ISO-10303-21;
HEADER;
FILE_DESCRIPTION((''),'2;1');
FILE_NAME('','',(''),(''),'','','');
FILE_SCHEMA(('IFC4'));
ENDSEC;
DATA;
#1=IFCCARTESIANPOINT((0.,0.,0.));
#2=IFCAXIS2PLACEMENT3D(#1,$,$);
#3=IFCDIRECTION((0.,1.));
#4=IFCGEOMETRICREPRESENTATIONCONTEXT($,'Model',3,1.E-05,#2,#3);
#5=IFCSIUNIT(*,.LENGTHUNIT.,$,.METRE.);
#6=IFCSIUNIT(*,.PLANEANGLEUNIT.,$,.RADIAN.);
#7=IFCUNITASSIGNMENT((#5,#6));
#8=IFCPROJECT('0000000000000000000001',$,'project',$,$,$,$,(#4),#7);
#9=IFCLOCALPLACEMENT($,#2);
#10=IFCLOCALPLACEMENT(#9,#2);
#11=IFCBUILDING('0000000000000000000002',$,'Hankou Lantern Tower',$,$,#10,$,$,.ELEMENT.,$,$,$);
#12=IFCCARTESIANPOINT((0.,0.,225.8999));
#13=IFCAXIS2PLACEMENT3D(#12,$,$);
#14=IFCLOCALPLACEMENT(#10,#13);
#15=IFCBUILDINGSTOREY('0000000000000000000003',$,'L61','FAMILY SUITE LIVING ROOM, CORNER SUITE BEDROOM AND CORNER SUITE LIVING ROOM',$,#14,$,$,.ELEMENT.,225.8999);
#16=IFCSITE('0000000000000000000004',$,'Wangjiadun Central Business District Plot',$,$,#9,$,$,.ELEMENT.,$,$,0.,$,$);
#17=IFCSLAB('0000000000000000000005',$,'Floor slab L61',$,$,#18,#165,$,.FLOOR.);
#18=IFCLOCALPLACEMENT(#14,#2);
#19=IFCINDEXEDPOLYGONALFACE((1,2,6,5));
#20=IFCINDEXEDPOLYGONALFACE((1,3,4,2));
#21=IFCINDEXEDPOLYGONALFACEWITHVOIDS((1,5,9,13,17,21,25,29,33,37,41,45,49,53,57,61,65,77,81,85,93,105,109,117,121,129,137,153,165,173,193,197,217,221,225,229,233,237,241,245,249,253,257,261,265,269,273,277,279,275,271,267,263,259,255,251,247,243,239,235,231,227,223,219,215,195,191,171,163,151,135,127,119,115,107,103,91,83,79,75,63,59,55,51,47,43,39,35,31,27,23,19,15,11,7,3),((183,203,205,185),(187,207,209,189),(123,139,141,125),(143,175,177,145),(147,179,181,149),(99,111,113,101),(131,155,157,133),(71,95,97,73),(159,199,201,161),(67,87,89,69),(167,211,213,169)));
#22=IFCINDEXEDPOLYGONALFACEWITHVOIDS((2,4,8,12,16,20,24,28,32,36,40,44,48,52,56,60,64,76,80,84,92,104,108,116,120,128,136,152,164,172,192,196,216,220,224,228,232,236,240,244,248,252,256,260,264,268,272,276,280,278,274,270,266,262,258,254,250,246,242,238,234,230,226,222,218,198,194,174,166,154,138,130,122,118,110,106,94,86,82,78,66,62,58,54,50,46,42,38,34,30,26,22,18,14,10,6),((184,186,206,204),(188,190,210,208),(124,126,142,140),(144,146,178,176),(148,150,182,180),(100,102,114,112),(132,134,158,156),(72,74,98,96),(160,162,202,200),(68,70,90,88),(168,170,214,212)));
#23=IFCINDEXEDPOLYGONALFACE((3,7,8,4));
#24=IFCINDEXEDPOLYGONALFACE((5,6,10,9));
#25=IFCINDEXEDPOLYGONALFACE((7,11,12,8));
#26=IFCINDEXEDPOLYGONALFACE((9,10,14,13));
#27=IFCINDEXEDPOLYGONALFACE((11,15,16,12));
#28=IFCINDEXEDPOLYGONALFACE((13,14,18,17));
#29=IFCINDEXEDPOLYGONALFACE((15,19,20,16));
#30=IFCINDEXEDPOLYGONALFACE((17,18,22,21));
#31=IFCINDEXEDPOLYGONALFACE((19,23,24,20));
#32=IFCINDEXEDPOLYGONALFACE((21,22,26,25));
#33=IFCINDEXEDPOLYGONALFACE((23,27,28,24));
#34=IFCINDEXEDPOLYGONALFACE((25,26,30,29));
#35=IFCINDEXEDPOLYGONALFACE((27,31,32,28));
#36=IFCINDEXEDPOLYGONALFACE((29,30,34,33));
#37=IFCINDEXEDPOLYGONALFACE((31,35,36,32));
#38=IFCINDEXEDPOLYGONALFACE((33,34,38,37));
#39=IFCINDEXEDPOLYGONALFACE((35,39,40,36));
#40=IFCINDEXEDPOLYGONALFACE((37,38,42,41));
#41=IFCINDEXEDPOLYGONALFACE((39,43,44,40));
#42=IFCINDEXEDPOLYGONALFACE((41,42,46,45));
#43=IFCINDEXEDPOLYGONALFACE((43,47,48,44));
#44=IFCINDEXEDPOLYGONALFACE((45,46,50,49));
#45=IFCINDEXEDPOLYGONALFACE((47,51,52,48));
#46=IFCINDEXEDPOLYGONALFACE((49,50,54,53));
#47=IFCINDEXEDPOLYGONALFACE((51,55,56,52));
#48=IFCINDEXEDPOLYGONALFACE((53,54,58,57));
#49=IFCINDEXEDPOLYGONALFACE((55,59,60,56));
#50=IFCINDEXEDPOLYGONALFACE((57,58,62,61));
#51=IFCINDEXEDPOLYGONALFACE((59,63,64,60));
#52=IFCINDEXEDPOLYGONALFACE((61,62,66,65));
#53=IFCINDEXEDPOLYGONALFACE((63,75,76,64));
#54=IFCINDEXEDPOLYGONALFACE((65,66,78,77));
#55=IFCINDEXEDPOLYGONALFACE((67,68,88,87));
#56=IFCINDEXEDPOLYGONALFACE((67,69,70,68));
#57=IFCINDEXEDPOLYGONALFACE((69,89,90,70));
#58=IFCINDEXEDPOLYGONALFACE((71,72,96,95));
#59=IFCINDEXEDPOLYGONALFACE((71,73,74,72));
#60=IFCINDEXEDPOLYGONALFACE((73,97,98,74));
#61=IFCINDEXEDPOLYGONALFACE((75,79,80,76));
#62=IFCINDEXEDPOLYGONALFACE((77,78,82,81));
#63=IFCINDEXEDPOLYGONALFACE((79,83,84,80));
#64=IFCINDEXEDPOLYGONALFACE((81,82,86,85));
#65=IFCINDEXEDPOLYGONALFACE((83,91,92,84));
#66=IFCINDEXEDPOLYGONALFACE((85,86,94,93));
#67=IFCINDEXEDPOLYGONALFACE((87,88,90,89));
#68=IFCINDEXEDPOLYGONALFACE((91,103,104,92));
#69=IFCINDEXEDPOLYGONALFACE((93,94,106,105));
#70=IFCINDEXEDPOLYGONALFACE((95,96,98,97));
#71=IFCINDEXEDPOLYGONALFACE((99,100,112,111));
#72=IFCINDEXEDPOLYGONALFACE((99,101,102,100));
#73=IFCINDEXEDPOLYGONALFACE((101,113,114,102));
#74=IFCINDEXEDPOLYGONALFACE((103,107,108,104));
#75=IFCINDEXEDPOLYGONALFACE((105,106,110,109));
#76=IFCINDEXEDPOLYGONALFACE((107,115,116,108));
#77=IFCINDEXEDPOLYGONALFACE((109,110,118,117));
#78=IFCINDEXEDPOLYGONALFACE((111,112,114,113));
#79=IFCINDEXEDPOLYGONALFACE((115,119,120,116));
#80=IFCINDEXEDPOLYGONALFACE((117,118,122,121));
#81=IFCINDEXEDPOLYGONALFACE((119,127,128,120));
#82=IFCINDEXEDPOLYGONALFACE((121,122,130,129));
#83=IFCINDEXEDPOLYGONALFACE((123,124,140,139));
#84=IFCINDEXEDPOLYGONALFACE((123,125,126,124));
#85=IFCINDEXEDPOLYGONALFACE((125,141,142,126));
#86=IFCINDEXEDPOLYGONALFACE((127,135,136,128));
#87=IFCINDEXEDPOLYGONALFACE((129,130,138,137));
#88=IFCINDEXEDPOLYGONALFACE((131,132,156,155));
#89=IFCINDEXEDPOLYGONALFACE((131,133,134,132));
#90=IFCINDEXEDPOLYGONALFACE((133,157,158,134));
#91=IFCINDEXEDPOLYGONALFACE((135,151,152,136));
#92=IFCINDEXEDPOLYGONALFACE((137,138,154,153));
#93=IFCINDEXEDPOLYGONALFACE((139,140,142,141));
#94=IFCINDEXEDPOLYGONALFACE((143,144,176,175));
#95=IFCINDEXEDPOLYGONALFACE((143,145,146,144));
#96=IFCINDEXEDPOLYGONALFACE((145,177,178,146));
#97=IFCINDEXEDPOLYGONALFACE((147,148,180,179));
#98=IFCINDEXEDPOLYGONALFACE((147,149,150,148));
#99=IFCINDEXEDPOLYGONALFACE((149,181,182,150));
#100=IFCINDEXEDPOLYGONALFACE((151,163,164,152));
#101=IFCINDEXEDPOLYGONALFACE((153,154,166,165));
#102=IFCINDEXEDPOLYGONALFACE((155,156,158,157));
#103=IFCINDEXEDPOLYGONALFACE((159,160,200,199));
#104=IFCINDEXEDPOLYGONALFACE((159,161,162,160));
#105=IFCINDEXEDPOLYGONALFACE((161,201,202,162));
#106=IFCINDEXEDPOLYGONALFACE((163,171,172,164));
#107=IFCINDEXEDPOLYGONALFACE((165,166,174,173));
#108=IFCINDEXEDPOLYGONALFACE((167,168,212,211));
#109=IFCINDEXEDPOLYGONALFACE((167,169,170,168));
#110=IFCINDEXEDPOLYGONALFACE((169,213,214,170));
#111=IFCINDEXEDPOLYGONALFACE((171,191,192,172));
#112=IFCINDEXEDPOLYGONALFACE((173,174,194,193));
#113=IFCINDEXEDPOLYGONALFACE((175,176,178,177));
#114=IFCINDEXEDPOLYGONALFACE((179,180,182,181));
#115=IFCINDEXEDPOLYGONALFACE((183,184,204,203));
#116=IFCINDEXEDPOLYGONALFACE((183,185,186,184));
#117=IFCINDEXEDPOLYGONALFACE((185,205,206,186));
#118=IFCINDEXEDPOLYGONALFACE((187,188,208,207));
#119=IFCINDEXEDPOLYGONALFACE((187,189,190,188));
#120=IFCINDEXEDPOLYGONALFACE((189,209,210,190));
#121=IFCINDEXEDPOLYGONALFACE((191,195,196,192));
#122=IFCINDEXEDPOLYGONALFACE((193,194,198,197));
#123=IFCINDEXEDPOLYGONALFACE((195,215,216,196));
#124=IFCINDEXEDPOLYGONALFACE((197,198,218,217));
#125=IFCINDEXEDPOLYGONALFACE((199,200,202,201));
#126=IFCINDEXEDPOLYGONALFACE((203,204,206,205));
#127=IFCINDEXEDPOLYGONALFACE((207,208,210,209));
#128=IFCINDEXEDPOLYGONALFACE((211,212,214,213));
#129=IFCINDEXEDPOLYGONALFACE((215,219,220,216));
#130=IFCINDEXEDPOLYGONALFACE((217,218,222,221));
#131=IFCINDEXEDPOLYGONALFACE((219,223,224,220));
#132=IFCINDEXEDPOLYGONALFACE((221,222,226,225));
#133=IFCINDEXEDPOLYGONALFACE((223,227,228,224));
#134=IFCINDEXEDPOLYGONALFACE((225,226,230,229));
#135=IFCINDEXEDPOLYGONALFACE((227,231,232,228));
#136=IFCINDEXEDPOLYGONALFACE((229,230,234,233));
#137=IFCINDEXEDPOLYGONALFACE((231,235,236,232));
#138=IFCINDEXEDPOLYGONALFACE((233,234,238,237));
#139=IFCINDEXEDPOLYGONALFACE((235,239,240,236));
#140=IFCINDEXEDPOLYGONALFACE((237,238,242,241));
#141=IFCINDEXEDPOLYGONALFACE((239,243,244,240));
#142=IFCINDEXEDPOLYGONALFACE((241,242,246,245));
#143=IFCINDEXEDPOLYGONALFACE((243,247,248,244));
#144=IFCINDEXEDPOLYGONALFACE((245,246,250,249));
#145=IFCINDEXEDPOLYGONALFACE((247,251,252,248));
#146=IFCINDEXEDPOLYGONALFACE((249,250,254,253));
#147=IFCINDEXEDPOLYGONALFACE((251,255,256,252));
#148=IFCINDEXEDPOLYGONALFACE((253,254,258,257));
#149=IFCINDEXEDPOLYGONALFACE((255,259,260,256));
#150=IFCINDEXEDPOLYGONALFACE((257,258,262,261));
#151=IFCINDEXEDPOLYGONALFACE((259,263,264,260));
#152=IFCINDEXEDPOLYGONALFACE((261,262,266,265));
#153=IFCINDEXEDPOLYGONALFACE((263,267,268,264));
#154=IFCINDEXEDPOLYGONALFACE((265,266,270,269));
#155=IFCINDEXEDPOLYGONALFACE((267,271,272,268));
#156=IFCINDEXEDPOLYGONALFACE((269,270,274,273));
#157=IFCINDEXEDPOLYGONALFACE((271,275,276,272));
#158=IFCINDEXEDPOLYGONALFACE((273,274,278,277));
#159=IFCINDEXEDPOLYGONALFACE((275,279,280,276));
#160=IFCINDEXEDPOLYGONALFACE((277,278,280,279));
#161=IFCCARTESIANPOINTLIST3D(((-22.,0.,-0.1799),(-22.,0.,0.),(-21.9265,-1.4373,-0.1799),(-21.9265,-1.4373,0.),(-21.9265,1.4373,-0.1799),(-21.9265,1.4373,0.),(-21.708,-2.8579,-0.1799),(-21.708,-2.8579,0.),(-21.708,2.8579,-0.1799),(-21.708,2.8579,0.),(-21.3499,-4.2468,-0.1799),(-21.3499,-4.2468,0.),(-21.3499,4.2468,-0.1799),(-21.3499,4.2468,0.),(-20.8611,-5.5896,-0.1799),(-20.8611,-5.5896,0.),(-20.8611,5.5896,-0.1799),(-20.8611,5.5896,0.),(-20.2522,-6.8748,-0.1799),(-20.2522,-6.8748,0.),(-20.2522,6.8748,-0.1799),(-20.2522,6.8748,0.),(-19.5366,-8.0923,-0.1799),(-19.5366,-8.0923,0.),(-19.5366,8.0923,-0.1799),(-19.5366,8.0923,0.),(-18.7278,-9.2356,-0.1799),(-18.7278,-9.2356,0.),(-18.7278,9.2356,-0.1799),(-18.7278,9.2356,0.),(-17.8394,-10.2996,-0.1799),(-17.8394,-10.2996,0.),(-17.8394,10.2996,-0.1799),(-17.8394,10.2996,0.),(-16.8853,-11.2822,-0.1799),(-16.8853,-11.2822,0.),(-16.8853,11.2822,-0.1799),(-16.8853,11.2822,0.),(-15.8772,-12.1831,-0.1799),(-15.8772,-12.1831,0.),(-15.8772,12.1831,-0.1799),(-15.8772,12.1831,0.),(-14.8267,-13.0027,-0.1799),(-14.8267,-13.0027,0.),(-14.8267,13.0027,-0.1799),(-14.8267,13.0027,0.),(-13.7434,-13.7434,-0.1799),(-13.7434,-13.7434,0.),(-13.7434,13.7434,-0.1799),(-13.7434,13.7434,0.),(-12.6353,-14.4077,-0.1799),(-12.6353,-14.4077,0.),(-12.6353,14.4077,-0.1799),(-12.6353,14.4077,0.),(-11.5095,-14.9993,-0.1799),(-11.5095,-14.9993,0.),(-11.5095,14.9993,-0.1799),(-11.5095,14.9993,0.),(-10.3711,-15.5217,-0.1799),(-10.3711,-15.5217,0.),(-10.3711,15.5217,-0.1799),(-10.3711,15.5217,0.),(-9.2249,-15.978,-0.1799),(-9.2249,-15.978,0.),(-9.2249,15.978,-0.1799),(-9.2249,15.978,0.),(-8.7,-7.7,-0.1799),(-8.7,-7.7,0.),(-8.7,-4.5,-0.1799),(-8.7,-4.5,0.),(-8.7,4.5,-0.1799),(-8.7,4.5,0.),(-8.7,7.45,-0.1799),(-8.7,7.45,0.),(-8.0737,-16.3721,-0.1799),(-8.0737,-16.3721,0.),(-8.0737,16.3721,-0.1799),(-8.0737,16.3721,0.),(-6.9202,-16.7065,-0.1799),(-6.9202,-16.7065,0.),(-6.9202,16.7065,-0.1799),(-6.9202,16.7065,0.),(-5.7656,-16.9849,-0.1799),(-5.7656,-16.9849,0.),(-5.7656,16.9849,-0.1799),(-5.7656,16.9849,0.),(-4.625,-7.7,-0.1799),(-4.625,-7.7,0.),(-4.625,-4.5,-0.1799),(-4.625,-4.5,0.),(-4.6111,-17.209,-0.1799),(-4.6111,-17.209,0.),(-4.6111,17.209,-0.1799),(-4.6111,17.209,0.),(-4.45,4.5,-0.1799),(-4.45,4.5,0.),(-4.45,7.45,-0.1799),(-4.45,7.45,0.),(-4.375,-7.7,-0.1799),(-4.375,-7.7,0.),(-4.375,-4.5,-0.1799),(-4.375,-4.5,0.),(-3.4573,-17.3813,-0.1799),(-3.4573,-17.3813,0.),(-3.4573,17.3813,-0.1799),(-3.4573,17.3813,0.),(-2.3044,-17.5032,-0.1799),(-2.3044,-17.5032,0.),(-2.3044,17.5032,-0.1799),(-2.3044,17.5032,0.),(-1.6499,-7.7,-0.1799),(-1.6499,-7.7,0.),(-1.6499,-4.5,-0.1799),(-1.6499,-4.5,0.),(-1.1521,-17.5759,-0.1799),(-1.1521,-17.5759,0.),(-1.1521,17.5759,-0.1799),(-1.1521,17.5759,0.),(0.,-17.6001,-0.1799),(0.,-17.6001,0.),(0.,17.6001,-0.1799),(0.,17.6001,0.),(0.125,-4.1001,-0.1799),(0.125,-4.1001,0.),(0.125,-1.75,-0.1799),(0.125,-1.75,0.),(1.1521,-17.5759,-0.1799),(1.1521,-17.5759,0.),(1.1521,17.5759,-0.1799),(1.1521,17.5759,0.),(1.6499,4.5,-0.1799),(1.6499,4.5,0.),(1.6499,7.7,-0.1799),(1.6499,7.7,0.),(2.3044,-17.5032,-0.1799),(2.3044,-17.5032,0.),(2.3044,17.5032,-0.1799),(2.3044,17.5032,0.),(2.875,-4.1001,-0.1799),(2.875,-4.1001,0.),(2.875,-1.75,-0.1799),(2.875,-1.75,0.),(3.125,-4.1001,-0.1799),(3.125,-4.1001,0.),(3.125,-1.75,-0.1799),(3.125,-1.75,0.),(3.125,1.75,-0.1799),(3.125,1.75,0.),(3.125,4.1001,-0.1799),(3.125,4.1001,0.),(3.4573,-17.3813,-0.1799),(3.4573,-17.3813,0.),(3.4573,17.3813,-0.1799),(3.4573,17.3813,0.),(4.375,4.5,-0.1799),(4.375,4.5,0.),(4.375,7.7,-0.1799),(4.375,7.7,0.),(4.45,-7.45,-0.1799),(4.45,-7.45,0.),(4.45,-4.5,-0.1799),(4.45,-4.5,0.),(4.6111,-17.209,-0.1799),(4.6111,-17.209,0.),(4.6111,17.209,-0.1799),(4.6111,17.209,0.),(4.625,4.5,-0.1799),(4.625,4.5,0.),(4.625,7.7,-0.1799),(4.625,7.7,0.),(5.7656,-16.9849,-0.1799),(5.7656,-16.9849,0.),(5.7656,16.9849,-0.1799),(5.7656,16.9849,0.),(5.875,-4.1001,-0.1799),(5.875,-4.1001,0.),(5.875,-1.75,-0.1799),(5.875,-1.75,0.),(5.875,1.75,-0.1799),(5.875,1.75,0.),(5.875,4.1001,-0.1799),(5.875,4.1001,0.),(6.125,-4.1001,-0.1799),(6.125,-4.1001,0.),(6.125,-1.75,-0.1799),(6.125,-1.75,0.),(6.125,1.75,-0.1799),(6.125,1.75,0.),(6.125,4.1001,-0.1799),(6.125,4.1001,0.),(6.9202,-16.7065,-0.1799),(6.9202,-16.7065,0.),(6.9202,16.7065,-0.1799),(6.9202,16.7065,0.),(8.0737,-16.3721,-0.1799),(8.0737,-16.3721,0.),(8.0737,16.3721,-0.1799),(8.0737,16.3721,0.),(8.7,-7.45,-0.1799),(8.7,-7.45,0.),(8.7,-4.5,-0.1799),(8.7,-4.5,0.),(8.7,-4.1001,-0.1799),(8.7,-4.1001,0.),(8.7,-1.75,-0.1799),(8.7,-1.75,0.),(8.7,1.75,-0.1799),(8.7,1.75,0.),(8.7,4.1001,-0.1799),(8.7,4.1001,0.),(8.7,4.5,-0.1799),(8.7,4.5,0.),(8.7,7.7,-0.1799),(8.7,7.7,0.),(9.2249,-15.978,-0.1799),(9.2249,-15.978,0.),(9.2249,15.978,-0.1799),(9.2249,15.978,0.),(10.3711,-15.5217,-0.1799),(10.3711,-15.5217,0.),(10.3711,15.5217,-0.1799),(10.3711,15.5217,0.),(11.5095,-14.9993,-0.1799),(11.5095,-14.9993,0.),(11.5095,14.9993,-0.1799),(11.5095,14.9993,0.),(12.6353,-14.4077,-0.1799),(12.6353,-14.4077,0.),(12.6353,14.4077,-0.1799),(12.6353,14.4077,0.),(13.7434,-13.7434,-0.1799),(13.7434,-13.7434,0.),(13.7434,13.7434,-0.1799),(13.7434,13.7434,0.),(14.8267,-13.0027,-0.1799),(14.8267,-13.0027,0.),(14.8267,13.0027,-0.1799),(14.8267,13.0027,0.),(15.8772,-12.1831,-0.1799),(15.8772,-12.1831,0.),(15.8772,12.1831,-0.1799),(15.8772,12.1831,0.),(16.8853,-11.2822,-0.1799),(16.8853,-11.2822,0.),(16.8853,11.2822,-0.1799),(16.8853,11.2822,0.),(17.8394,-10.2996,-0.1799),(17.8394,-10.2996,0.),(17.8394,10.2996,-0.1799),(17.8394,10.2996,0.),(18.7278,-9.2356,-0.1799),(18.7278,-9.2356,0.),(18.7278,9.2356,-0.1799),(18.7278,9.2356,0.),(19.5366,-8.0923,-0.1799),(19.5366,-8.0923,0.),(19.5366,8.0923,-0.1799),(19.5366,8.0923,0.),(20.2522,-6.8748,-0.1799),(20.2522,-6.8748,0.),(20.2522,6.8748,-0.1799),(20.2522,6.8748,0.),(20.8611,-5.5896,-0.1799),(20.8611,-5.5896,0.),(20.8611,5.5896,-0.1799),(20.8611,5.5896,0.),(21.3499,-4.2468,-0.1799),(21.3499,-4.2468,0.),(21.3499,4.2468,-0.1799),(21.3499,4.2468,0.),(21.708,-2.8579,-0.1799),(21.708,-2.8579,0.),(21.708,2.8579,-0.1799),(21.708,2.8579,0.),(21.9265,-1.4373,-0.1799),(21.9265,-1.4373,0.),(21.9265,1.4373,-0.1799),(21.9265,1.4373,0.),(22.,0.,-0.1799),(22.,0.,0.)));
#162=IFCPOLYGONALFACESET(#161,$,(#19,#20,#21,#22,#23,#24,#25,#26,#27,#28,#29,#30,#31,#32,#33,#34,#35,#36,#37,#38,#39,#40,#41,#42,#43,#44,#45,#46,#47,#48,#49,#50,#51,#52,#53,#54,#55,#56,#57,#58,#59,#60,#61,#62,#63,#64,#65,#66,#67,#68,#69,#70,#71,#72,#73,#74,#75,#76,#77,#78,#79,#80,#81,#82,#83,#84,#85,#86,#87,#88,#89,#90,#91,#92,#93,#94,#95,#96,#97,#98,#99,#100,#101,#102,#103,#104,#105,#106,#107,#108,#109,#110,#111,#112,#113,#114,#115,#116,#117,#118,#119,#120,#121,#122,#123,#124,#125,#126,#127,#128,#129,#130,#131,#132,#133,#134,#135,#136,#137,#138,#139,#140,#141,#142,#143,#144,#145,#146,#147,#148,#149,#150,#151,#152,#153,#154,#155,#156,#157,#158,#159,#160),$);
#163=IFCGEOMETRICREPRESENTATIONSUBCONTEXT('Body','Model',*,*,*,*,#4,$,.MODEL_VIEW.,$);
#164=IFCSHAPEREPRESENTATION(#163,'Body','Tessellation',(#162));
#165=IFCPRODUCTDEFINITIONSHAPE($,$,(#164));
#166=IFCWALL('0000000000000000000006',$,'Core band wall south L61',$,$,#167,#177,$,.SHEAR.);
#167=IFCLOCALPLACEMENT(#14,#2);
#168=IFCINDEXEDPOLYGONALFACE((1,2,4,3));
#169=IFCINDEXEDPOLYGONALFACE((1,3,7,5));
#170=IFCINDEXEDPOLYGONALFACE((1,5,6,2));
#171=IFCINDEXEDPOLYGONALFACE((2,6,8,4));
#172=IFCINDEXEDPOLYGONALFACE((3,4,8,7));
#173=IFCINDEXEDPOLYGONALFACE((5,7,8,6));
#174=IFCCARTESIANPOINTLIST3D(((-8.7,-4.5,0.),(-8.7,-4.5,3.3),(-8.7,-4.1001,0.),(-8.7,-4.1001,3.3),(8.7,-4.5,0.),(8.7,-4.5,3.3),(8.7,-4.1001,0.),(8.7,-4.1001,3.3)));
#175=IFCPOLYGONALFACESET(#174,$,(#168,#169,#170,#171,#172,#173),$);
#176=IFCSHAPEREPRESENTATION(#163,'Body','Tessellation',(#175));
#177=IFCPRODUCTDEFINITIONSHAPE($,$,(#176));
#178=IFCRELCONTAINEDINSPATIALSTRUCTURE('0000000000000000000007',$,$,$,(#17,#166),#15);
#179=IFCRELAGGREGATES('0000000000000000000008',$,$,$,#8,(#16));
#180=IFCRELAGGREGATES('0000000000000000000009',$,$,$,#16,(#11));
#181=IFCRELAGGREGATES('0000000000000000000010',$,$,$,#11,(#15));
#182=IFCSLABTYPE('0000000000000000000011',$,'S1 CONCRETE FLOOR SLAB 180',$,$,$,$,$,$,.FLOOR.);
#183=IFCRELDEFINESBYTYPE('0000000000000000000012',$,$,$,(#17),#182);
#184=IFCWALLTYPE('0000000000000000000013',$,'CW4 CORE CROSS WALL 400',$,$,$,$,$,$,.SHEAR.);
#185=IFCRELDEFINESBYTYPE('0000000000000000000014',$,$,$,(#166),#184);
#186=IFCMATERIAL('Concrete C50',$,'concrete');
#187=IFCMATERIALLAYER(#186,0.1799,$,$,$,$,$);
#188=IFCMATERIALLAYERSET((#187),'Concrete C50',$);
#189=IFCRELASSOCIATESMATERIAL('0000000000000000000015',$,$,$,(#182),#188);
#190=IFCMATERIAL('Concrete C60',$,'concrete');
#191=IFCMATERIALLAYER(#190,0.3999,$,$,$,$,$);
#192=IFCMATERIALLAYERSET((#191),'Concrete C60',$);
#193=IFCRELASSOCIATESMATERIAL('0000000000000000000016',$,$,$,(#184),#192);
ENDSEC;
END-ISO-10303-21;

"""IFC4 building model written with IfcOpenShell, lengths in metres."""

from ifc_helpers import new_model, si_unit, direction, frame, frame_2d, origin, place, context, subcontext, project, spatial, polyline, rectangle, outline, extrude, material, layer, layer_set, type_object, element, save


model = new_model("IFC4")

# Units and contexts
model_context = context("Model", 3, precision=1e-05, world=origin(), true_north=direction((0.0, 1.0)))
body_context = subcontext(model_context, "Body", "Model", "MODEL_VIEW")
ifc_project = project(units=[si_unit("LENGTHUNIT", "METRE"), si_unit("PLANEANGLEUNIT", "RADIAN")], contexts=[model_context])

# Site, building, storey
site_placement = place(None, origin())
site = spatial("IfcSite", under=ifc_project, at=site_placement, Name="Wangjiadun Central Business District Plot", CompositionType="ELEMENT", RefElevation=0.0)
building_placement = place(site_placement, origin())
building = spatial("IfcBuilding", under=site, at=building_placement, Name="Hankou Lantern Tower", CompositionType="ELEMENT")
storey_placement = place(building_placement, frame((0.0, 0.0, 225.8999)))
storey = spatial("IfcBuildingStorey", under=building, at=storey_placement, Name="L61", Description="FAMILY SUITE LIVING ROOM, CORNER SUITE BEDROOM AND CORNER SUITE LIVING ROOM", CompositionType="ELEMENT", Elevation=225.8999)

# Slab
ifc_material_1 = material(Name="Concrete C50", Category="concrete")
ifc_layer_1 = layer(ifc_material_1, 0.1799)
ifc_layer_set_1 = layer_set([ifc_layer_1], Name="Concrete C50")
slab_type = type_object("IfcSlabType", Name="S1 CONCRETE FLOOR SLAB 180", PredefinedType="FLOOR", material=ifc_layer_set_1)
slab_placement = place(storey_placement, frame((0.0, 0.0, -0.1799)))
element("IfcSlab", 1, at=slab_placement, inside=storey, type_object=slab_type, Name="Floor slab L61", PredefinedType="FLOOR", context=body_context, shape_type="SweptSolid", body=[
    extrude(outline(polyline([(22.0, 0.0), (21.9265, 1.4373), (21.708, 2.8579), (21.3499, 4.2468), (20.8611, 5.5896), (20.2522, 6.8748), (19.5366, 8.0923), (18.7278, 9.2356), (17.8394, 10.2996), (16.8853, 11.2822), (15.8772, 12.1831), (14.8267, 13.0027), (13.7434, 13.7434), (12.6353, 14.4077), (11.5095, 14.9993), (10.3711, 15.5217), (9.2249, 15.978), (8.0737, 16.3721), (6.9202, 16.7065), (5.7656, 16.9849), (4.6111, 17.209), (3.4573, 17.3813), (2.3044, 17.5032), (1.1521, 17.5759), (0.0, 17.6001), (-1.1521, 17.5759), (-2.3044, 17.5032), (-3.4573, 17.3813), (-4.6111, 17.209), (-5.7656, 16.9849), (-6.9202, 16.7065), (-8.0737, 16.3721), (-9.2249, 15.978), (-10.3711, 15.5217), (-11.5095, 14.9993), (-12.6353, 14.4077), (-13.7434, 13.7434), (-14.8267, 13.0027), (-15.8772, 12.1831), (-16.8853, 11.2822), (-17.8394, 10.2996), (-18.7278, 9.2356), (-19.5366, 8.0923), (-20.2522, 6.8748), (-20.8611, 5.5896), (-21.3499, 4.2468), (-21.708, 2.8579), (-21.9265, 1.4373), (-22.0, 0.0), (-21.9265, -1.4373), (-21.708, -2.8579), (-21.3499, -4.2468), (-20.8611, -5.5896), (-20.2522, -6.8748), (-19.5366, -8.0923), (-18.7278, -9.2356), (-17.8394, -10.2996), (-16.8853, -11.2822), (-15.8772, -12.1831), (-14.8267, -13.0027), (-13.7434, -13.7434), (-12.6353, -14.4077), (-11.5095, -14.9993), (-10.3711, -15.5217), (-9.2249, -15.978), (-8.0737, -16.3721), (-6.9202, -16.7065), (-5.7656, -16.9849), (-4.6111, -17.209), (-3.4573, -17.3813), (-2.3044, -17.5032), (-1.1521, -17.5759), (0.0, -17.6001), (1.1521, -17.5759), (2.3044, -17.5032), (3.4573, -17.3813), (4.6111, -17.209), (5.7656, -16.9849), (6.9202, -16.7065), (8.0737, -16.3721), (9.2249, -15.978), (10.3711, -15.5217), (11.5095, -14.9993), (12.6353, -14.4077), (13.7434, -13.7434), (14.8267, -13.0027), (15.8772, -12.1831), (16.8853, -11.2822), (17.8394, -10.2996), (18.7278, -9.2356), (19.5366, -8.0923), (20.2522, -6.8748), (20.8611, -5.5896), (21.3499, -4.2468), (21.708, -2.8579), (21.9265, -1.4373), (22.0, 0.0)]), holes=[polyline([(3.125, 4.1001), (5.875, 4.1001), (5.875, 1.75), (3.125, 1.75), (3.125, 4.1001)]), polyline([(6.125, 4.1001), (8.7, 4.1001), (8.7, 1.75), (6.125, 1.75), (6.125, 4.1001)]), polyline([(0.125, -1.75), (2.875, -1.75), (2.875, -4.1001), (0.125, -4.1001), (0.125, -1.75)]), polyline([(3.125, -1.75), (5.875, -1.75), (5.875, -4.1001), (3.125, -4.1001), (3.125, -1.75)]), polyline([(6.125, -1.75), (8.7, -1.75), (8.7, -4.1001), (6.125, -4.1001), (6.125, -1.75)]), polyline([(1.6499, 7.7), (4.375, 7.7), (4.375, 4.5), (1.6499, 4.5), (1.6499, 7.7)]), polyline([(-4.375, -4.5), (-1.6499, -4.5), (-1.6499, -7.7), (-4.375, -7.7), (-4.375, -4.5)]), polyline([(-8.7, 7.45), (-4.45, 7.45), (-4.45, 4.5), (-8.7, 4.5), (-8.7, 7.45)]), polyline([(4.45, -4.5), (8.7, -4.5), (8.7, -7.45), (4.45, -7.45), (4.45, -4.5)]), polyline([(4.625, 7.7), (8.7, 7.7), (8.7, 4.5), (4.625, 4.5), (4.625, 7.7)]), polyline([(-8.7, -4.5), (-4.625, -4.5), (-4.625, -7.7), (-8.7, -7.7), (-8.7, -4.5)])]), origin(), (0.0, 0.0, 1.0), 0.1799),
])

# Wall
ifc_material_2 = material(Name="Concrete C60", Category="concrete")
ifc_layer_2 = layer(ifc_material_2, 0.3999)
ifc_layer_set_2 = layer_set([ifc_layer_2], Name="Concrete C60")
wall_type_1 = type_object("IfcWallType", Name="CW4 CORE CROSS WALL 400", PredefinedType="SHEAR", material=ifc_layer_set_2)
wall_1_placement = place(storey_placement, frame((-8.7, -4.3, 0.0), z_axis=(0.0, 0.0, 1.0), x_axis=(1.0, 0.0, 0.0)))
element("IfcWall", 2, at=wall_1_placement, inside=storey, type_object=wall_type_1, Name="Core band wall south L61", PredefinedType="SHEAR", context=body_context, shape_type="SweptSolid", body=[
    extrude(rectangle(XDim=17.3999, YDim=0.3999, at=frame_2d((8.7, 0.0))), origin(), (0.0, 0.0, 1.0), 3.3),
])

save(model, "model.ifc")
